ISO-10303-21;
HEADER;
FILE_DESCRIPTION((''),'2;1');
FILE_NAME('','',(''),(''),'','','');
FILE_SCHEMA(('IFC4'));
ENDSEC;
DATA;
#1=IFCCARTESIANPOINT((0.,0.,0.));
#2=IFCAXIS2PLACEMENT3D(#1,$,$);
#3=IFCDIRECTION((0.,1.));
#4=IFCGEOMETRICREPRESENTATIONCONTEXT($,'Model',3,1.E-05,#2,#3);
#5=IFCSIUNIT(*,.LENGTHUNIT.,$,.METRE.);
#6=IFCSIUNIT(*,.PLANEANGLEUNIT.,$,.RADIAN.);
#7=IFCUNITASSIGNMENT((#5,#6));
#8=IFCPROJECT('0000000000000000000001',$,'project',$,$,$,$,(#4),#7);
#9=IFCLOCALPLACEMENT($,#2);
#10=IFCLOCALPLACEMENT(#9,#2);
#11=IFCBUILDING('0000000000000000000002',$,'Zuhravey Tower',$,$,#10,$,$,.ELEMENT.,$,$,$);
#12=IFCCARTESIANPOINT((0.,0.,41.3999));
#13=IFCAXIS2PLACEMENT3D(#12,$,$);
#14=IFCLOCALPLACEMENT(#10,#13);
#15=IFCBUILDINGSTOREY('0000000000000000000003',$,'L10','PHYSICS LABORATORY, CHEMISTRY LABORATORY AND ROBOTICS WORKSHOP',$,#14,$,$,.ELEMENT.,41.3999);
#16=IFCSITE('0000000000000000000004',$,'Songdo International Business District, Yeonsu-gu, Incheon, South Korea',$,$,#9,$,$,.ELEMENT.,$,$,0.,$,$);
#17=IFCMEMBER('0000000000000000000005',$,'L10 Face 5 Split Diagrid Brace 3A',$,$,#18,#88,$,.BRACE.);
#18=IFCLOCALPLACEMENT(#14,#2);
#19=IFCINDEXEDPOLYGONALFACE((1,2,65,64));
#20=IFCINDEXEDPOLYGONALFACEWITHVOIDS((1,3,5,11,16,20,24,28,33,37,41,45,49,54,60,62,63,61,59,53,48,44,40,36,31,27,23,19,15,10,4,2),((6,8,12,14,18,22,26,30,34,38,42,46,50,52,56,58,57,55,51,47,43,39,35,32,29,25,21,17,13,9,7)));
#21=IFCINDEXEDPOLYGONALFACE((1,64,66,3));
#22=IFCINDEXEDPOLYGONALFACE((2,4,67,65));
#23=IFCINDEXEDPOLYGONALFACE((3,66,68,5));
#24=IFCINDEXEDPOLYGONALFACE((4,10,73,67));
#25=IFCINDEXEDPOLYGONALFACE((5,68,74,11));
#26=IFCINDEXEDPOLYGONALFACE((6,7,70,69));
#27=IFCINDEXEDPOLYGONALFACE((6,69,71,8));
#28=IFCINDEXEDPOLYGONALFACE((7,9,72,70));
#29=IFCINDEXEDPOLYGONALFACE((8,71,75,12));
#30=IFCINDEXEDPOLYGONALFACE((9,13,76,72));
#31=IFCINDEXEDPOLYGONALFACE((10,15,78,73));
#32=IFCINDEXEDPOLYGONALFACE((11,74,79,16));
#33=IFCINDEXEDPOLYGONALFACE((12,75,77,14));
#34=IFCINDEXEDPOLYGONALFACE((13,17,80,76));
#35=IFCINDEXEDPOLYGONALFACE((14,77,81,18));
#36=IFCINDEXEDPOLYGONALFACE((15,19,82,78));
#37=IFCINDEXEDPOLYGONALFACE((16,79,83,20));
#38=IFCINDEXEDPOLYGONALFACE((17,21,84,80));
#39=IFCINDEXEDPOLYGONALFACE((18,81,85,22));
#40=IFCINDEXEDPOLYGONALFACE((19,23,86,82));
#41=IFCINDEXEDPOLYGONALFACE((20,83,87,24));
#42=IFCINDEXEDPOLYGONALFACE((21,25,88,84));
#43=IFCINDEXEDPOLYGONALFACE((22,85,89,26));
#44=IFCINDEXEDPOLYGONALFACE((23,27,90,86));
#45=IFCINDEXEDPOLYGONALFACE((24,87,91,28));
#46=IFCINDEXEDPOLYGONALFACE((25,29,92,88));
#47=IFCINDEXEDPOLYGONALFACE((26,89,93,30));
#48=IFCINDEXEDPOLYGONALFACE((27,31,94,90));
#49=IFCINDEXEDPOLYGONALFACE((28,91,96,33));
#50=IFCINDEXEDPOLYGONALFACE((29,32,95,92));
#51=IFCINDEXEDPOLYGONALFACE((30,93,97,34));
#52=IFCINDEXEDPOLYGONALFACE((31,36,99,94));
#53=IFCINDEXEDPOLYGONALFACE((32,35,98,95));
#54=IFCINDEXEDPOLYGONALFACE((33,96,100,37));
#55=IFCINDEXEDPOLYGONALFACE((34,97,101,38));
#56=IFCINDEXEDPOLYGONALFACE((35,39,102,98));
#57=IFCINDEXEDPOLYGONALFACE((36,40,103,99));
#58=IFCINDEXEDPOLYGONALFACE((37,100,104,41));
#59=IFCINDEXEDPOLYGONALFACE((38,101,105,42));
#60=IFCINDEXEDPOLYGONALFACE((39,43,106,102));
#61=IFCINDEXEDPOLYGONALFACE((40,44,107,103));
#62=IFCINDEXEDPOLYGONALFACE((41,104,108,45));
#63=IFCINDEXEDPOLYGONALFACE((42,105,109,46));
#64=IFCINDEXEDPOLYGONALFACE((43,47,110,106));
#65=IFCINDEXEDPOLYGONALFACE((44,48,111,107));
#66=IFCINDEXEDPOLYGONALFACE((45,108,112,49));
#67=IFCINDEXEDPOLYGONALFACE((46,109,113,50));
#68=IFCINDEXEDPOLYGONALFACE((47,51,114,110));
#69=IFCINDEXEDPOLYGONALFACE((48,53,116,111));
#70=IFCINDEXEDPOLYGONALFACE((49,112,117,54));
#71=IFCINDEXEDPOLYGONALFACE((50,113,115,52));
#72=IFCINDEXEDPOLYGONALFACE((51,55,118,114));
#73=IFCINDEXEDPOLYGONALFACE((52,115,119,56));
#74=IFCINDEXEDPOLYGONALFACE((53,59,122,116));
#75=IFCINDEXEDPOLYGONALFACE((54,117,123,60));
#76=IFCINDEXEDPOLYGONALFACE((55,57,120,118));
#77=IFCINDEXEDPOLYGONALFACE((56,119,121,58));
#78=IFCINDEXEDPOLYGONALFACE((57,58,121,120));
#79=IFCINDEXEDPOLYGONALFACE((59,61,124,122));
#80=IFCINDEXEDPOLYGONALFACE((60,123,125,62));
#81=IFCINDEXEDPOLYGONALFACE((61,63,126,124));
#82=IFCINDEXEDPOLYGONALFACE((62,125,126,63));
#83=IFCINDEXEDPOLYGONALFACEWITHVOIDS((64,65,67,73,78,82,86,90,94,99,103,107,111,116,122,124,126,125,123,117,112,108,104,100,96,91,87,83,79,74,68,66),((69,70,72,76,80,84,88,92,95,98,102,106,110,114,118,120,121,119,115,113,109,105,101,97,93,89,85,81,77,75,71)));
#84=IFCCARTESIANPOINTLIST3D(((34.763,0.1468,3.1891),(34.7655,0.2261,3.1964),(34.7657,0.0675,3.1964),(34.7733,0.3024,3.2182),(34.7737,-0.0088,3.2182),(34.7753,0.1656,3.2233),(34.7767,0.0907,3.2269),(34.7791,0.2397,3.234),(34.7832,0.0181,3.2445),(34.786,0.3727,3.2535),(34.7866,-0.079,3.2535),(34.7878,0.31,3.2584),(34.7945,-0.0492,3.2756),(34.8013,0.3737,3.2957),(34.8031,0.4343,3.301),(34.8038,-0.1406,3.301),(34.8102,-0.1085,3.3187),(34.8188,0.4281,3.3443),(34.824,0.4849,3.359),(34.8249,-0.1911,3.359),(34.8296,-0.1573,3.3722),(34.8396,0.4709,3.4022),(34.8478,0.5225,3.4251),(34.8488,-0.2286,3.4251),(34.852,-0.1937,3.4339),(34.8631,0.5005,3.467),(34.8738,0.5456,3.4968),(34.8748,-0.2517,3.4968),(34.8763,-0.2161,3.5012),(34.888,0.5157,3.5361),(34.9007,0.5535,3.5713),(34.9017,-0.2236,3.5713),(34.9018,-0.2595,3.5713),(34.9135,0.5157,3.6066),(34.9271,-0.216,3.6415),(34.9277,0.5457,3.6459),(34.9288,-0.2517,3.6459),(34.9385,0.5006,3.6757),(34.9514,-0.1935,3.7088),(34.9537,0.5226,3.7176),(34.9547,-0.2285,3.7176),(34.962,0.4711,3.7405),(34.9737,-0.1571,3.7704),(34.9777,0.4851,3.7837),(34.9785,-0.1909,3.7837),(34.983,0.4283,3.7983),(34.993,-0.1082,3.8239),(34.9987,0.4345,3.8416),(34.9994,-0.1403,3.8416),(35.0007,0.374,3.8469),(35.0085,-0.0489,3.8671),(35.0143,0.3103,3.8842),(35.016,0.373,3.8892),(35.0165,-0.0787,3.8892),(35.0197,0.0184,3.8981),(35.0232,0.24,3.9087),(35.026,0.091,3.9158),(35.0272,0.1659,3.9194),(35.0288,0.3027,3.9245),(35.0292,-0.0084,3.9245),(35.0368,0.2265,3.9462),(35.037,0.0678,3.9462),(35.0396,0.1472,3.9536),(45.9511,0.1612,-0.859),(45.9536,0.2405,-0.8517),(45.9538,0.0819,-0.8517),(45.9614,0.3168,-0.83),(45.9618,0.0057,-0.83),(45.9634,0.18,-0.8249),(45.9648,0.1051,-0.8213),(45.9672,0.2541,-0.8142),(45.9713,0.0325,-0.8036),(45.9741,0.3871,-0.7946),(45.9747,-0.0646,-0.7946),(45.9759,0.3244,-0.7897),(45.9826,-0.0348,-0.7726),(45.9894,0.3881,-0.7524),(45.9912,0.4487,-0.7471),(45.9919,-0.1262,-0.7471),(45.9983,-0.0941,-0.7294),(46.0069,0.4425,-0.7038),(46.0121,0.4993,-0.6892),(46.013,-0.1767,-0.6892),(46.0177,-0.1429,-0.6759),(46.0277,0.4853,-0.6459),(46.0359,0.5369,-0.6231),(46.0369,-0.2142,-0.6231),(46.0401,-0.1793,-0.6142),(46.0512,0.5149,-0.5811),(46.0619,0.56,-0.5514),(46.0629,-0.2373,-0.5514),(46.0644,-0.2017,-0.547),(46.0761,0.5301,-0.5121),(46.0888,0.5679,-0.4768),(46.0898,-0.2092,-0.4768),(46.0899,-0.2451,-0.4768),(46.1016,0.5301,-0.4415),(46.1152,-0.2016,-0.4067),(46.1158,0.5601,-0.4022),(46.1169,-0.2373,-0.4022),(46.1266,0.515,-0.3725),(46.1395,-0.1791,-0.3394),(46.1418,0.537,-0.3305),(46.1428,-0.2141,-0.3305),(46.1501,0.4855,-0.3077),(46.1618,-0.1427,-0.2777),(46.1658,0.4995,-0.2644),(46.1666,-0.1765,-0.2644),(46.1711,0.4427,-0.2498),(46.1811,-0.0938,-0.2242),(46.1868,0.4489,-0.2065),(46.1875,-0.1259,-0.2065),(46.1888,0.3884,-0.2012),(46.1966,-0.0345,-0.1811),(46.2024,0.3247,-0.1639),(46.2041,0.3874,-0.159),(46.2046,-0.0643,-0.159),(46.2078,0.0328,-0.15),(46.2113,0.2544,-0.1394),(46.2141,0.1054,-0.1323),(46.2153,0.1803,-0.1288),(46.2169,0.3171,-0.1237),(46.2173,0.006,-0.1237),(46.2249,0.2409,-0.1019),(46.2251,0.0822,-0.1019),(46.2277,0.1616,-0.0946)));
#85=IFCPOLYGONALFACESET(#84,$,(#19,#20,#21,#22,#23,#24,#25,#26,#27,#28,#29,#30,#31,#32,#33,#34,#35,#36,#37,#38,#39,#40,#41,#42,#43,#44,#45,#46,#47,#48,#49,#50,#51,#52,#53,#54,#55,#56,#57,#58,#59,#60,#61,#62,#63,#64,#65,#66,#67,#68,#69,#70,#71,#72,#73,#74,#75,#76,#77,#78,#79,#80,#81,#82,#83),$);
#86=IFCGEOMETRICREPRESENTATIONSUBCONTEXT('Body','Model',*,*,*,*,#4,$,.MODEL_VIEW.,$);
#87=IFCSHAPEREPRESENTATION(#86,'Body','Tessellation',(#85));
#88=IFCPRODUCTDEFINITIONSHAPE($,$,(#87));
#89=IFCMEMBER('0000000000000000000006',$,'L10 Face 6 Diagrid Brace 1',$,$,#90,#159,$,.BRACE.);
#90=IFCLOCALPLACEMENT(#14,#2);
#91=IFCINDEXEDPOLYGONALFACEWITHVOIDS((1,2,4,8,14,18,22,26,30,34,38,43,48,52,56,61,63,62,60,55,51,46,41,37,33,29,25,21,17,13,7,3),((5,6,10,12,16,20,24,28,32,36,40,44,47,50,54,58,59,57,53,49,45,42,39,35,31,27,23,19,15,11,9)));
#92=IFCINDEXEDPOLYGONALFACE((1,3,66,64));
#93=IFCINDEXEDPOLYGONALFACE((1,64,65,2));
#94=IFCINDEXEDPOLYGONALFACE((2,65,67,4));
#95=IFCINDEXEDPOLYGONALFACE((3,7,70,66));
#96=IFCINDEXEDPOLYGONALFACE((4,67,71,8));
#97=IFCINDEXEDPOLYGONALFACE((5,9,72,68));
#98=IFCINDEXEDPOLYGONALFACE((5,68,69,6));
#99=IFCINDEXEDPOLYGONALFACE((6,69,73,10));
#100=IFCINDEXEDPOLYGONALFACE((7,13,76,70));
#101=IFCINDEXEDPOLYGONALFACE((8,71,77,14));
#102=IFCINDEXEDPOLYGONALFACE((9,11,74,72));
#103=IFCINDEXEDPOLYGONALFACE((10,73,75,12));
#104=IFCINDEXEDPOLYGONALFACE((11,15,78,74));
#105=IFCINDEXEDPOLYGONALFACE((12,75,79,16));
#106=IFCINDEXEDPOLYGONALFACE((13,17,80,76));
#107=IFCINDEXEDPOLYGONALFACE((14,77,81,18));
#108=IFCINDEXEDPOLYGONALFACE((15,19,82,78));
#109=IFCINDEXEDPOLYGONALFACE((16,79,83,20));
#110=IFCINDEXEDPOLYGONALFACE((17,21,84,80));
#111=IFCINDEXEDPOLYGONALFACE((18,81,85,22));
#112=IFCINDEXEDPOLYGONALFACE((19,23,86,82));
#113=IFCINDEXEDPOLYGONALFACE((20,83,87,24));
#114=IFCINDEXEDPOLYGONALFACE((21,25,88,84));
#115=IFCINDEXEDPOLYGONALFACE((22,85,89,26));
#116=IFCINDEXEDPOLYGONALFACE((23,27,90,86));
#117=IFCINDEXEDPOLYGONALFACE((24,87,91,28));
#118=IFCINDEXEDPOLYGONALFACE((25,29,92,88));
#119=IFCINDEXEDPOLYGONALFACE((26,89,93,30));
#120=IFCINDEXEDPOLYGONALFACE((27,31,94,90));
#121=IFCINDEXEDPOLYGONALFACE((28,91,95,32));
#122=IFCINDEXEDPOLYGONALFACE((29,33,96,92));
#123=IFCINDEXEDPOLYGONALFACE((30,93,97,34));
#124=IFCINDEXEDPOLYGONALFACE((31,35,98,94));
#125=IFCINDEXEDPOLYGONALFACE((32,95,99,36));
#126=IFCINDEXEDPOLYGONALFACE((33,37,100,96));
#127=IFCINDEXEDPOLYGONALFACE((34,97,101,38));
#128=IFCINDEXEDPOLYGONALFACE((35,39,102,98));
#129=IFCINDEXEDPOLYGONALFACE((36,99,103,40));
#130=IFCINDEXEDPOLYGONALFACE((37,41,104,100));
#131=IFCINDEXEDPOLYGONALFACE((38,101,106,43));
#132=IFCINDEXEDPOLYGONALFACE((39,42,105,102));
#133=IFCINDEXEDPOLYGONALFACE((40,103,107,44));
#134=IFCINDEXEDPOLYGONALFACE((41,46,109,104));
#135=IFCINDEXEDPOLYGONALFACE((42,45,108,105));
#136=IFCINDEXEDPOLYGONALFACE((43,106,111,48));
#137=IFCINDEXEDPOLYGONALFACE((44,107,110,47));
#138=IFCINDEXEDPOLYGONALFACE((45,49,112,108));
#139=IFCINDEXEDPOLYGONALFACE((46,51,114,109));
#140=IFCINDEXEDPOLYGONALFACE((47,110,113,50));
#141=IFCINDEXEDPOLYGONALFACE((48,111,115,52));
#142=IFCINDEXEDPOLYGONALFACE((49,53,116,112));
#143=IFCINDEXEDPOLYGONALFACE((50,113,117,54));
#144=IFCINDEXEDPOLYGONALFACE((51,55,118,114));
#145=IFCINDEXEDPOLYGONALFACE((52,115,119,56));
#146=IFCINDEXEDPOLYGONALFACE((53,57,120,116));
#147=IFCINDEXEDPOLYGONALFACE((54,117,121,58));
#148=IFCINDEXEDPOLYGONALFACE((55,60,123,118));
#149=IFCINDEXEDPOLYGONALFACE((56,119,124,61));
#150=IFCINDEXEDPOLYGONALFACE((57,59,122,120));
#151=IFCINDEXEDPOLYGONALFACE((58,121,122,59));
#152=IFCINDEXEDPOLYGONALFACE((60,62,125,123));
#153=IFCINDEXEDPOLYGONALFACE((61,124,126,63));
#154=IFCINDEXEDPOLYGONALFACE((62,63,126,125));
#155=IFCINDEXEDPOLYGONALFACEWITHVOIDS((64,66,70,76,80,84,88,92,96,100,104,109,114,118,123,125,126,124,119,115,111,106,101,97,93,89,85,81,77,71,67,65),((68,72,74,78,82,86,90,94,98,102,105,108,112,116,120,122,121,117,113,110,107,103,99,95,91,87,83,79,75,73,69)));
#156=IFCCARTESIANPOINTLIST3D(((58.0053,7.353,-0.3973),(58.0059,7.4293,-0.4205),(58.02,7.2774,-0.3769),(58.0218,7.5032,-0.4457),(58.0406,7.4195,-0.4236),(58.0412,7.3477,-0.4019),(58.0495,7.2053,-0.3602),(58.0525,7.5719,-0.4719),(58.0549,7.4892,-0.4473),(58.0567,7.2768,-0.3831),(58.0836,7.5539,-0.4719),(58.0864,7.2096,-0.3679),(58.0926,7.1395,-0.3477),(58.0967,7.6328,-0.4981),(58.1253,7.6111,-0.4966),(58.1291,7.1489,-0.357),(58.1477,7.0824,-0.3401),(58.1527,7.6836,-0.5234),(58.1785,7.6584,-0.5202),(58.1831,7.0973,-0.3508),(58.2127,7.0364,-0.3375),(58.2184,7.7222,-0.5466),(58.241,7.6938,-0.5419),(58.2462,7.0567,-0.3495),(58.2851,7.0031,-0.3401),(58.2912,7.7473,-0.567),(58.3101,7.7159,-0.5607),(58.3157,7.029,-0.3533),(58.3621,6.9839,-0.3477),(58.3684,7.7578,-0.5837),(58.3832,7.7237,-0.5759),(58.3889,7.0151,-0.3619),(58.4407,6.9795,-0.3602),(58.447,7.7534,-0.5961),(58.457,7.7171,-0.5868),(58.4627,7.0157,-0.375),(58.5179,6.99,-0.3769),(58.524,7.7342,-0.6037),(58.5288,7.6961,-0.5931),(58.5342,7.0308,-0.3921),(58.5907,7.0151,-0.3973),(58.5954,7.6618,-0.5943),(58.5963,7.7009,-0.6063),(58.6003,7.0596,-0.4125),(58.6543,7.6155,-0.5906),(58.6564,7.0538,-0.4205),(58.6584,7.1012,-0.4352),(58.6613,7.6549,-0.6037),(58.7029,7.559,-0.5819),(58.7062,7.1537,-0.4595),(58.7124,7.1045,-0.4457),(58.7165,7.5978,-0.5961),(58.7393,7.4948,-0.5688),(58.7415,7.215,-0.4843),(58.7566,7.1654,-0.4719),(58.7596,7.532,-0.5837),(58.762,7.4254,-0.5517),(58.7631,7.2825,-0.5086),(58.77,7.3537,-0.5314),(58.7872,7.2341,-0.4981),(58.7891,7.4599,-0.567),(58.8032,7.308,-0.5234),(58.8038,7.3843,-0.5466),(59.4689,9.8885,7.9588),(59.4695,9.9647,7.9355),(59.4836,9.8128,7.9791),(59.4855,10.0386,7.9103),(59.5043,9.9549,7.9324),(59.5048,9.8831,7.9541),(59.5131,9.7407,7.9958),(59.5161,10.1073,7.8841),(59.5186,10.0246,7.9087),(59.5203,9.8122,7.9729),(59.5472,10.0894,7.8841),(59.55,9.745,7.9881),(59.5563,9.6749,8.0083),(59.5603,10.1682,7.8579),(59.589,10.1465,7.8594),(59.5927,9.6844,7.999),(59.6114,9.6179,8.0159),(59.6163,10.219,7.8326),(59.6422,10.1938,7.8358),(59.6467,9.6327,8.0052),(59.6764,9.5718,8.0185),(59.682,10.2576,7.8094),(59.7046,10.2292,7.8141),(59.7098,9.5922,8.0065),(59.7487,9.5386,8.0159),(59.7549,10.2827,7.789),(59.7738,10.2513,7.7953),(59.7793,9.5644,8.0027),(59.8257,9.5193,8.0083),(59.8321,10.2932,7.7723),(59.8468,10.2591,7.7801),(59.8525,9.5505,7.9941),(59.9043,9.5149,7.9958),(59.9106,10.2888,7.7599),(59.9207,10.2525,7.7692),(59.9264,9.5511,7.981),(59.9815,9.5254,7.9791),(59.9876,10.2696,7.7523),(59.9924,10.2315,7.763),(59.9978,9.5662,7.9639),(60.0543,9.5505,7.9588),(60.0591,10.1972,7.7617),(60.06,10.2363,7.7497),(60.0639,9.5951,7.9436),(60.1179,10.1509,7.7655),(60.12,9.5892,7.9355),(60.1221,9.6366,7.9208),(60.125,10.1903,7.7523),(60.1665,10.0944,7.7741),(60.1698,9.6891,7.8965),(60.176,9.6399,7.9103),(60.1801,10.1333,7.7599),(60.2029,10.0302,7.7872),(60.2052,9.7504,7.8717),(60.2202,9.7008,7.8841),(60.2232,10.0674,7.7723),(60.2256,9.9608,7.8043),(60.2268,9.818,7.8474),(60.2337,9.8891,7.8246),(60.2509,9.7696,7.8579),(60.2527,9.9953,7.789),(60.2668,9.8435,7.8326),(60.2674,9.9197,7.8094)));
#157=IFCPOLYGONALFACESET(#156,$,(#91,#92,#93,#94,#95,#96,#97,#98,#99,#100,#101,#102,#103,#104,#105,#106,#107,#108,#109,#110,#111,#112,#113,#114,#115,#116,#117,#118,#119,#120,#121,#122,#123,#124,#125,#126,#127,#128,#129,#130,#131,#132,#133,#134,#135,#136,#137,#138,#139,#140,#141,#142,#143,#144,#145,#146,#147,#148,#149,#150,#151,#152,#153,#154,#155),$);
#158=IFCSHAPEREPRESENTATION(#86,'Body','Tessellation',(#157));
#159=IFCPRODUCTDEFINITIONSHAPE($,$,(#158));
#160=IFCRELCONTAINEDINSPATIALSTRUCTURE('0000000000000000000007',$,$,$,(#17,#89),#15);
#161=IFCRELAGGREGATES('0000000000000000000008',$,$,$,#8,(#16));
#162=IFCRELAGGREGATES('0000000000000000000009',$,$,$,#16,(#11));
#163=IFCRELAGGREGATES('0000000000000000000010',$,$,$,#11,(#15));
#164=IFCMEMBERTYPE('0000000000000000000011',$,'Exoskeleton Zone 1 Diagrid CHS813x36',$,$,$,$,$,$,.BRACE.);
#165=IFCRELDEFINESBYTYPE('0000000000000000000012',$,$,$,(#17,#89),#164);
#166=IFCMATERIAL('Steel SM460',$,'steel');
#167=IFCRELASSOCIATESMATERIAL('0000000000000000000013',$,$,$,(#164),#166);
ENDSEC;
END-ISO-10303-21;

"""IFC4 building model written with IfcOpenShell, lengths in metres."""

from ifc_helpers import new_model, si_unit, direction, frame, origin, origin_2d, place, context, subcontext, project, spatial, hollow_circle, extrude, material, material_profile, profile_set, type_object, element, save


model = new_model("IFC4")

# Units and contexts
model_context = context("Model", 3, precision=1e-05, world=origin(), true_north=direction((0.0, 1.0)))
body_context = subcontext(model_context, "Body", "Model", "MODEL_VIEW")
ifc_project = project(units=[si_unit("LENGTHUNIT", "METRE"), si_unit("PLANEANGLEUNIT", "RADIAN")], contexts=[model_context])

# Site, building, storey
site_placement = place(None, origin())
site = spatial("IfcSite", under=ifc_project, at=site_placement, Name="Songdo International Business District, Yeonsu-gu, Incheon, South Korea", CompositionType="ELEMENT", RefElevation=0.0)
building_placement = place(site_placement, origin())
building = spatial("IfcBuilding", under=site, at=building_placement, Name="Zuhravey Tower", CompositionType="ELEMENT")
storey_placement = place(building_placement, frame((0.0, 0.0, 41.3999)))
storey = spatial("IfcBuildingStorey", under=building, at=storey_placement, Name="L10", Description="PHYSICS LABORATORY, CHEMISTRY LABORATORY AND ROBOTICS WORKSHOP", CompositionType="ELEMENT", Elevation=41.3999)

# Members
ifc_material_1 = material(Name="Steel SM460", Category="steel")
ifc_material_profile_1 = material_profile(ifc_material_1, hollow_circle(Radius=0.4065, WallThickness=0.0359, at=origin_2d()), Name="CHS-812.8x36")
ifc_profile_set_1 = profile_set([ifc_material_profile_1], Name="Steel SM460")
member_type_1 = type_object("IfcMemberType", Name="Exoskeleton Zone 1 Diagrid CHS813x36", PredefinedType="BRACE", material=ifc_profile_set_1)
member_1_placement = place(storey_placement, frame((46.0894, 0.1614, -0.4768), z_axis=(-0.940339, -0.001211, 0.340238), x_axis=(0.001287, -0.999999, 0.0)))
element("IfcMember", 1, at=member_1_placement, inside=storey, type_object=member_type_1, Name="L10 Face 5 Split Diagrid Brace 3A", PredefinedType="BRACE", context=body_context, shape_type="SweptSolid", body=[
    extrude(hollow_circle(Radius=0.4065, WallThickness=0.0359, at=origin_2d()), origin(), (0.0, 0.0, 1.0), 11.8979),
])
member_2_placement = place(storey_placement, frame((58.4045, 7.3687, -0.4719), z_axis=(0.165307, 0.286358, 0.943755), x_axis=(-0.866054, 0.499951, 0.0)))
element("IfcMember", 2, at=member_2_placement, inside=storey, type_object=member_type_1, Name="L10 Face 6 Diagrid Brace 1", PredefinedType="BRACE", context=body_context, shape_type="SweptSolid", body=[
    extrude(hollow_circle(Radius=0.4065, WallThickness=0.0359, at=origin_2d()), origin(), (0.0, 0.0, 1.0), 8.854),
])

save(model, "model.ifc")
